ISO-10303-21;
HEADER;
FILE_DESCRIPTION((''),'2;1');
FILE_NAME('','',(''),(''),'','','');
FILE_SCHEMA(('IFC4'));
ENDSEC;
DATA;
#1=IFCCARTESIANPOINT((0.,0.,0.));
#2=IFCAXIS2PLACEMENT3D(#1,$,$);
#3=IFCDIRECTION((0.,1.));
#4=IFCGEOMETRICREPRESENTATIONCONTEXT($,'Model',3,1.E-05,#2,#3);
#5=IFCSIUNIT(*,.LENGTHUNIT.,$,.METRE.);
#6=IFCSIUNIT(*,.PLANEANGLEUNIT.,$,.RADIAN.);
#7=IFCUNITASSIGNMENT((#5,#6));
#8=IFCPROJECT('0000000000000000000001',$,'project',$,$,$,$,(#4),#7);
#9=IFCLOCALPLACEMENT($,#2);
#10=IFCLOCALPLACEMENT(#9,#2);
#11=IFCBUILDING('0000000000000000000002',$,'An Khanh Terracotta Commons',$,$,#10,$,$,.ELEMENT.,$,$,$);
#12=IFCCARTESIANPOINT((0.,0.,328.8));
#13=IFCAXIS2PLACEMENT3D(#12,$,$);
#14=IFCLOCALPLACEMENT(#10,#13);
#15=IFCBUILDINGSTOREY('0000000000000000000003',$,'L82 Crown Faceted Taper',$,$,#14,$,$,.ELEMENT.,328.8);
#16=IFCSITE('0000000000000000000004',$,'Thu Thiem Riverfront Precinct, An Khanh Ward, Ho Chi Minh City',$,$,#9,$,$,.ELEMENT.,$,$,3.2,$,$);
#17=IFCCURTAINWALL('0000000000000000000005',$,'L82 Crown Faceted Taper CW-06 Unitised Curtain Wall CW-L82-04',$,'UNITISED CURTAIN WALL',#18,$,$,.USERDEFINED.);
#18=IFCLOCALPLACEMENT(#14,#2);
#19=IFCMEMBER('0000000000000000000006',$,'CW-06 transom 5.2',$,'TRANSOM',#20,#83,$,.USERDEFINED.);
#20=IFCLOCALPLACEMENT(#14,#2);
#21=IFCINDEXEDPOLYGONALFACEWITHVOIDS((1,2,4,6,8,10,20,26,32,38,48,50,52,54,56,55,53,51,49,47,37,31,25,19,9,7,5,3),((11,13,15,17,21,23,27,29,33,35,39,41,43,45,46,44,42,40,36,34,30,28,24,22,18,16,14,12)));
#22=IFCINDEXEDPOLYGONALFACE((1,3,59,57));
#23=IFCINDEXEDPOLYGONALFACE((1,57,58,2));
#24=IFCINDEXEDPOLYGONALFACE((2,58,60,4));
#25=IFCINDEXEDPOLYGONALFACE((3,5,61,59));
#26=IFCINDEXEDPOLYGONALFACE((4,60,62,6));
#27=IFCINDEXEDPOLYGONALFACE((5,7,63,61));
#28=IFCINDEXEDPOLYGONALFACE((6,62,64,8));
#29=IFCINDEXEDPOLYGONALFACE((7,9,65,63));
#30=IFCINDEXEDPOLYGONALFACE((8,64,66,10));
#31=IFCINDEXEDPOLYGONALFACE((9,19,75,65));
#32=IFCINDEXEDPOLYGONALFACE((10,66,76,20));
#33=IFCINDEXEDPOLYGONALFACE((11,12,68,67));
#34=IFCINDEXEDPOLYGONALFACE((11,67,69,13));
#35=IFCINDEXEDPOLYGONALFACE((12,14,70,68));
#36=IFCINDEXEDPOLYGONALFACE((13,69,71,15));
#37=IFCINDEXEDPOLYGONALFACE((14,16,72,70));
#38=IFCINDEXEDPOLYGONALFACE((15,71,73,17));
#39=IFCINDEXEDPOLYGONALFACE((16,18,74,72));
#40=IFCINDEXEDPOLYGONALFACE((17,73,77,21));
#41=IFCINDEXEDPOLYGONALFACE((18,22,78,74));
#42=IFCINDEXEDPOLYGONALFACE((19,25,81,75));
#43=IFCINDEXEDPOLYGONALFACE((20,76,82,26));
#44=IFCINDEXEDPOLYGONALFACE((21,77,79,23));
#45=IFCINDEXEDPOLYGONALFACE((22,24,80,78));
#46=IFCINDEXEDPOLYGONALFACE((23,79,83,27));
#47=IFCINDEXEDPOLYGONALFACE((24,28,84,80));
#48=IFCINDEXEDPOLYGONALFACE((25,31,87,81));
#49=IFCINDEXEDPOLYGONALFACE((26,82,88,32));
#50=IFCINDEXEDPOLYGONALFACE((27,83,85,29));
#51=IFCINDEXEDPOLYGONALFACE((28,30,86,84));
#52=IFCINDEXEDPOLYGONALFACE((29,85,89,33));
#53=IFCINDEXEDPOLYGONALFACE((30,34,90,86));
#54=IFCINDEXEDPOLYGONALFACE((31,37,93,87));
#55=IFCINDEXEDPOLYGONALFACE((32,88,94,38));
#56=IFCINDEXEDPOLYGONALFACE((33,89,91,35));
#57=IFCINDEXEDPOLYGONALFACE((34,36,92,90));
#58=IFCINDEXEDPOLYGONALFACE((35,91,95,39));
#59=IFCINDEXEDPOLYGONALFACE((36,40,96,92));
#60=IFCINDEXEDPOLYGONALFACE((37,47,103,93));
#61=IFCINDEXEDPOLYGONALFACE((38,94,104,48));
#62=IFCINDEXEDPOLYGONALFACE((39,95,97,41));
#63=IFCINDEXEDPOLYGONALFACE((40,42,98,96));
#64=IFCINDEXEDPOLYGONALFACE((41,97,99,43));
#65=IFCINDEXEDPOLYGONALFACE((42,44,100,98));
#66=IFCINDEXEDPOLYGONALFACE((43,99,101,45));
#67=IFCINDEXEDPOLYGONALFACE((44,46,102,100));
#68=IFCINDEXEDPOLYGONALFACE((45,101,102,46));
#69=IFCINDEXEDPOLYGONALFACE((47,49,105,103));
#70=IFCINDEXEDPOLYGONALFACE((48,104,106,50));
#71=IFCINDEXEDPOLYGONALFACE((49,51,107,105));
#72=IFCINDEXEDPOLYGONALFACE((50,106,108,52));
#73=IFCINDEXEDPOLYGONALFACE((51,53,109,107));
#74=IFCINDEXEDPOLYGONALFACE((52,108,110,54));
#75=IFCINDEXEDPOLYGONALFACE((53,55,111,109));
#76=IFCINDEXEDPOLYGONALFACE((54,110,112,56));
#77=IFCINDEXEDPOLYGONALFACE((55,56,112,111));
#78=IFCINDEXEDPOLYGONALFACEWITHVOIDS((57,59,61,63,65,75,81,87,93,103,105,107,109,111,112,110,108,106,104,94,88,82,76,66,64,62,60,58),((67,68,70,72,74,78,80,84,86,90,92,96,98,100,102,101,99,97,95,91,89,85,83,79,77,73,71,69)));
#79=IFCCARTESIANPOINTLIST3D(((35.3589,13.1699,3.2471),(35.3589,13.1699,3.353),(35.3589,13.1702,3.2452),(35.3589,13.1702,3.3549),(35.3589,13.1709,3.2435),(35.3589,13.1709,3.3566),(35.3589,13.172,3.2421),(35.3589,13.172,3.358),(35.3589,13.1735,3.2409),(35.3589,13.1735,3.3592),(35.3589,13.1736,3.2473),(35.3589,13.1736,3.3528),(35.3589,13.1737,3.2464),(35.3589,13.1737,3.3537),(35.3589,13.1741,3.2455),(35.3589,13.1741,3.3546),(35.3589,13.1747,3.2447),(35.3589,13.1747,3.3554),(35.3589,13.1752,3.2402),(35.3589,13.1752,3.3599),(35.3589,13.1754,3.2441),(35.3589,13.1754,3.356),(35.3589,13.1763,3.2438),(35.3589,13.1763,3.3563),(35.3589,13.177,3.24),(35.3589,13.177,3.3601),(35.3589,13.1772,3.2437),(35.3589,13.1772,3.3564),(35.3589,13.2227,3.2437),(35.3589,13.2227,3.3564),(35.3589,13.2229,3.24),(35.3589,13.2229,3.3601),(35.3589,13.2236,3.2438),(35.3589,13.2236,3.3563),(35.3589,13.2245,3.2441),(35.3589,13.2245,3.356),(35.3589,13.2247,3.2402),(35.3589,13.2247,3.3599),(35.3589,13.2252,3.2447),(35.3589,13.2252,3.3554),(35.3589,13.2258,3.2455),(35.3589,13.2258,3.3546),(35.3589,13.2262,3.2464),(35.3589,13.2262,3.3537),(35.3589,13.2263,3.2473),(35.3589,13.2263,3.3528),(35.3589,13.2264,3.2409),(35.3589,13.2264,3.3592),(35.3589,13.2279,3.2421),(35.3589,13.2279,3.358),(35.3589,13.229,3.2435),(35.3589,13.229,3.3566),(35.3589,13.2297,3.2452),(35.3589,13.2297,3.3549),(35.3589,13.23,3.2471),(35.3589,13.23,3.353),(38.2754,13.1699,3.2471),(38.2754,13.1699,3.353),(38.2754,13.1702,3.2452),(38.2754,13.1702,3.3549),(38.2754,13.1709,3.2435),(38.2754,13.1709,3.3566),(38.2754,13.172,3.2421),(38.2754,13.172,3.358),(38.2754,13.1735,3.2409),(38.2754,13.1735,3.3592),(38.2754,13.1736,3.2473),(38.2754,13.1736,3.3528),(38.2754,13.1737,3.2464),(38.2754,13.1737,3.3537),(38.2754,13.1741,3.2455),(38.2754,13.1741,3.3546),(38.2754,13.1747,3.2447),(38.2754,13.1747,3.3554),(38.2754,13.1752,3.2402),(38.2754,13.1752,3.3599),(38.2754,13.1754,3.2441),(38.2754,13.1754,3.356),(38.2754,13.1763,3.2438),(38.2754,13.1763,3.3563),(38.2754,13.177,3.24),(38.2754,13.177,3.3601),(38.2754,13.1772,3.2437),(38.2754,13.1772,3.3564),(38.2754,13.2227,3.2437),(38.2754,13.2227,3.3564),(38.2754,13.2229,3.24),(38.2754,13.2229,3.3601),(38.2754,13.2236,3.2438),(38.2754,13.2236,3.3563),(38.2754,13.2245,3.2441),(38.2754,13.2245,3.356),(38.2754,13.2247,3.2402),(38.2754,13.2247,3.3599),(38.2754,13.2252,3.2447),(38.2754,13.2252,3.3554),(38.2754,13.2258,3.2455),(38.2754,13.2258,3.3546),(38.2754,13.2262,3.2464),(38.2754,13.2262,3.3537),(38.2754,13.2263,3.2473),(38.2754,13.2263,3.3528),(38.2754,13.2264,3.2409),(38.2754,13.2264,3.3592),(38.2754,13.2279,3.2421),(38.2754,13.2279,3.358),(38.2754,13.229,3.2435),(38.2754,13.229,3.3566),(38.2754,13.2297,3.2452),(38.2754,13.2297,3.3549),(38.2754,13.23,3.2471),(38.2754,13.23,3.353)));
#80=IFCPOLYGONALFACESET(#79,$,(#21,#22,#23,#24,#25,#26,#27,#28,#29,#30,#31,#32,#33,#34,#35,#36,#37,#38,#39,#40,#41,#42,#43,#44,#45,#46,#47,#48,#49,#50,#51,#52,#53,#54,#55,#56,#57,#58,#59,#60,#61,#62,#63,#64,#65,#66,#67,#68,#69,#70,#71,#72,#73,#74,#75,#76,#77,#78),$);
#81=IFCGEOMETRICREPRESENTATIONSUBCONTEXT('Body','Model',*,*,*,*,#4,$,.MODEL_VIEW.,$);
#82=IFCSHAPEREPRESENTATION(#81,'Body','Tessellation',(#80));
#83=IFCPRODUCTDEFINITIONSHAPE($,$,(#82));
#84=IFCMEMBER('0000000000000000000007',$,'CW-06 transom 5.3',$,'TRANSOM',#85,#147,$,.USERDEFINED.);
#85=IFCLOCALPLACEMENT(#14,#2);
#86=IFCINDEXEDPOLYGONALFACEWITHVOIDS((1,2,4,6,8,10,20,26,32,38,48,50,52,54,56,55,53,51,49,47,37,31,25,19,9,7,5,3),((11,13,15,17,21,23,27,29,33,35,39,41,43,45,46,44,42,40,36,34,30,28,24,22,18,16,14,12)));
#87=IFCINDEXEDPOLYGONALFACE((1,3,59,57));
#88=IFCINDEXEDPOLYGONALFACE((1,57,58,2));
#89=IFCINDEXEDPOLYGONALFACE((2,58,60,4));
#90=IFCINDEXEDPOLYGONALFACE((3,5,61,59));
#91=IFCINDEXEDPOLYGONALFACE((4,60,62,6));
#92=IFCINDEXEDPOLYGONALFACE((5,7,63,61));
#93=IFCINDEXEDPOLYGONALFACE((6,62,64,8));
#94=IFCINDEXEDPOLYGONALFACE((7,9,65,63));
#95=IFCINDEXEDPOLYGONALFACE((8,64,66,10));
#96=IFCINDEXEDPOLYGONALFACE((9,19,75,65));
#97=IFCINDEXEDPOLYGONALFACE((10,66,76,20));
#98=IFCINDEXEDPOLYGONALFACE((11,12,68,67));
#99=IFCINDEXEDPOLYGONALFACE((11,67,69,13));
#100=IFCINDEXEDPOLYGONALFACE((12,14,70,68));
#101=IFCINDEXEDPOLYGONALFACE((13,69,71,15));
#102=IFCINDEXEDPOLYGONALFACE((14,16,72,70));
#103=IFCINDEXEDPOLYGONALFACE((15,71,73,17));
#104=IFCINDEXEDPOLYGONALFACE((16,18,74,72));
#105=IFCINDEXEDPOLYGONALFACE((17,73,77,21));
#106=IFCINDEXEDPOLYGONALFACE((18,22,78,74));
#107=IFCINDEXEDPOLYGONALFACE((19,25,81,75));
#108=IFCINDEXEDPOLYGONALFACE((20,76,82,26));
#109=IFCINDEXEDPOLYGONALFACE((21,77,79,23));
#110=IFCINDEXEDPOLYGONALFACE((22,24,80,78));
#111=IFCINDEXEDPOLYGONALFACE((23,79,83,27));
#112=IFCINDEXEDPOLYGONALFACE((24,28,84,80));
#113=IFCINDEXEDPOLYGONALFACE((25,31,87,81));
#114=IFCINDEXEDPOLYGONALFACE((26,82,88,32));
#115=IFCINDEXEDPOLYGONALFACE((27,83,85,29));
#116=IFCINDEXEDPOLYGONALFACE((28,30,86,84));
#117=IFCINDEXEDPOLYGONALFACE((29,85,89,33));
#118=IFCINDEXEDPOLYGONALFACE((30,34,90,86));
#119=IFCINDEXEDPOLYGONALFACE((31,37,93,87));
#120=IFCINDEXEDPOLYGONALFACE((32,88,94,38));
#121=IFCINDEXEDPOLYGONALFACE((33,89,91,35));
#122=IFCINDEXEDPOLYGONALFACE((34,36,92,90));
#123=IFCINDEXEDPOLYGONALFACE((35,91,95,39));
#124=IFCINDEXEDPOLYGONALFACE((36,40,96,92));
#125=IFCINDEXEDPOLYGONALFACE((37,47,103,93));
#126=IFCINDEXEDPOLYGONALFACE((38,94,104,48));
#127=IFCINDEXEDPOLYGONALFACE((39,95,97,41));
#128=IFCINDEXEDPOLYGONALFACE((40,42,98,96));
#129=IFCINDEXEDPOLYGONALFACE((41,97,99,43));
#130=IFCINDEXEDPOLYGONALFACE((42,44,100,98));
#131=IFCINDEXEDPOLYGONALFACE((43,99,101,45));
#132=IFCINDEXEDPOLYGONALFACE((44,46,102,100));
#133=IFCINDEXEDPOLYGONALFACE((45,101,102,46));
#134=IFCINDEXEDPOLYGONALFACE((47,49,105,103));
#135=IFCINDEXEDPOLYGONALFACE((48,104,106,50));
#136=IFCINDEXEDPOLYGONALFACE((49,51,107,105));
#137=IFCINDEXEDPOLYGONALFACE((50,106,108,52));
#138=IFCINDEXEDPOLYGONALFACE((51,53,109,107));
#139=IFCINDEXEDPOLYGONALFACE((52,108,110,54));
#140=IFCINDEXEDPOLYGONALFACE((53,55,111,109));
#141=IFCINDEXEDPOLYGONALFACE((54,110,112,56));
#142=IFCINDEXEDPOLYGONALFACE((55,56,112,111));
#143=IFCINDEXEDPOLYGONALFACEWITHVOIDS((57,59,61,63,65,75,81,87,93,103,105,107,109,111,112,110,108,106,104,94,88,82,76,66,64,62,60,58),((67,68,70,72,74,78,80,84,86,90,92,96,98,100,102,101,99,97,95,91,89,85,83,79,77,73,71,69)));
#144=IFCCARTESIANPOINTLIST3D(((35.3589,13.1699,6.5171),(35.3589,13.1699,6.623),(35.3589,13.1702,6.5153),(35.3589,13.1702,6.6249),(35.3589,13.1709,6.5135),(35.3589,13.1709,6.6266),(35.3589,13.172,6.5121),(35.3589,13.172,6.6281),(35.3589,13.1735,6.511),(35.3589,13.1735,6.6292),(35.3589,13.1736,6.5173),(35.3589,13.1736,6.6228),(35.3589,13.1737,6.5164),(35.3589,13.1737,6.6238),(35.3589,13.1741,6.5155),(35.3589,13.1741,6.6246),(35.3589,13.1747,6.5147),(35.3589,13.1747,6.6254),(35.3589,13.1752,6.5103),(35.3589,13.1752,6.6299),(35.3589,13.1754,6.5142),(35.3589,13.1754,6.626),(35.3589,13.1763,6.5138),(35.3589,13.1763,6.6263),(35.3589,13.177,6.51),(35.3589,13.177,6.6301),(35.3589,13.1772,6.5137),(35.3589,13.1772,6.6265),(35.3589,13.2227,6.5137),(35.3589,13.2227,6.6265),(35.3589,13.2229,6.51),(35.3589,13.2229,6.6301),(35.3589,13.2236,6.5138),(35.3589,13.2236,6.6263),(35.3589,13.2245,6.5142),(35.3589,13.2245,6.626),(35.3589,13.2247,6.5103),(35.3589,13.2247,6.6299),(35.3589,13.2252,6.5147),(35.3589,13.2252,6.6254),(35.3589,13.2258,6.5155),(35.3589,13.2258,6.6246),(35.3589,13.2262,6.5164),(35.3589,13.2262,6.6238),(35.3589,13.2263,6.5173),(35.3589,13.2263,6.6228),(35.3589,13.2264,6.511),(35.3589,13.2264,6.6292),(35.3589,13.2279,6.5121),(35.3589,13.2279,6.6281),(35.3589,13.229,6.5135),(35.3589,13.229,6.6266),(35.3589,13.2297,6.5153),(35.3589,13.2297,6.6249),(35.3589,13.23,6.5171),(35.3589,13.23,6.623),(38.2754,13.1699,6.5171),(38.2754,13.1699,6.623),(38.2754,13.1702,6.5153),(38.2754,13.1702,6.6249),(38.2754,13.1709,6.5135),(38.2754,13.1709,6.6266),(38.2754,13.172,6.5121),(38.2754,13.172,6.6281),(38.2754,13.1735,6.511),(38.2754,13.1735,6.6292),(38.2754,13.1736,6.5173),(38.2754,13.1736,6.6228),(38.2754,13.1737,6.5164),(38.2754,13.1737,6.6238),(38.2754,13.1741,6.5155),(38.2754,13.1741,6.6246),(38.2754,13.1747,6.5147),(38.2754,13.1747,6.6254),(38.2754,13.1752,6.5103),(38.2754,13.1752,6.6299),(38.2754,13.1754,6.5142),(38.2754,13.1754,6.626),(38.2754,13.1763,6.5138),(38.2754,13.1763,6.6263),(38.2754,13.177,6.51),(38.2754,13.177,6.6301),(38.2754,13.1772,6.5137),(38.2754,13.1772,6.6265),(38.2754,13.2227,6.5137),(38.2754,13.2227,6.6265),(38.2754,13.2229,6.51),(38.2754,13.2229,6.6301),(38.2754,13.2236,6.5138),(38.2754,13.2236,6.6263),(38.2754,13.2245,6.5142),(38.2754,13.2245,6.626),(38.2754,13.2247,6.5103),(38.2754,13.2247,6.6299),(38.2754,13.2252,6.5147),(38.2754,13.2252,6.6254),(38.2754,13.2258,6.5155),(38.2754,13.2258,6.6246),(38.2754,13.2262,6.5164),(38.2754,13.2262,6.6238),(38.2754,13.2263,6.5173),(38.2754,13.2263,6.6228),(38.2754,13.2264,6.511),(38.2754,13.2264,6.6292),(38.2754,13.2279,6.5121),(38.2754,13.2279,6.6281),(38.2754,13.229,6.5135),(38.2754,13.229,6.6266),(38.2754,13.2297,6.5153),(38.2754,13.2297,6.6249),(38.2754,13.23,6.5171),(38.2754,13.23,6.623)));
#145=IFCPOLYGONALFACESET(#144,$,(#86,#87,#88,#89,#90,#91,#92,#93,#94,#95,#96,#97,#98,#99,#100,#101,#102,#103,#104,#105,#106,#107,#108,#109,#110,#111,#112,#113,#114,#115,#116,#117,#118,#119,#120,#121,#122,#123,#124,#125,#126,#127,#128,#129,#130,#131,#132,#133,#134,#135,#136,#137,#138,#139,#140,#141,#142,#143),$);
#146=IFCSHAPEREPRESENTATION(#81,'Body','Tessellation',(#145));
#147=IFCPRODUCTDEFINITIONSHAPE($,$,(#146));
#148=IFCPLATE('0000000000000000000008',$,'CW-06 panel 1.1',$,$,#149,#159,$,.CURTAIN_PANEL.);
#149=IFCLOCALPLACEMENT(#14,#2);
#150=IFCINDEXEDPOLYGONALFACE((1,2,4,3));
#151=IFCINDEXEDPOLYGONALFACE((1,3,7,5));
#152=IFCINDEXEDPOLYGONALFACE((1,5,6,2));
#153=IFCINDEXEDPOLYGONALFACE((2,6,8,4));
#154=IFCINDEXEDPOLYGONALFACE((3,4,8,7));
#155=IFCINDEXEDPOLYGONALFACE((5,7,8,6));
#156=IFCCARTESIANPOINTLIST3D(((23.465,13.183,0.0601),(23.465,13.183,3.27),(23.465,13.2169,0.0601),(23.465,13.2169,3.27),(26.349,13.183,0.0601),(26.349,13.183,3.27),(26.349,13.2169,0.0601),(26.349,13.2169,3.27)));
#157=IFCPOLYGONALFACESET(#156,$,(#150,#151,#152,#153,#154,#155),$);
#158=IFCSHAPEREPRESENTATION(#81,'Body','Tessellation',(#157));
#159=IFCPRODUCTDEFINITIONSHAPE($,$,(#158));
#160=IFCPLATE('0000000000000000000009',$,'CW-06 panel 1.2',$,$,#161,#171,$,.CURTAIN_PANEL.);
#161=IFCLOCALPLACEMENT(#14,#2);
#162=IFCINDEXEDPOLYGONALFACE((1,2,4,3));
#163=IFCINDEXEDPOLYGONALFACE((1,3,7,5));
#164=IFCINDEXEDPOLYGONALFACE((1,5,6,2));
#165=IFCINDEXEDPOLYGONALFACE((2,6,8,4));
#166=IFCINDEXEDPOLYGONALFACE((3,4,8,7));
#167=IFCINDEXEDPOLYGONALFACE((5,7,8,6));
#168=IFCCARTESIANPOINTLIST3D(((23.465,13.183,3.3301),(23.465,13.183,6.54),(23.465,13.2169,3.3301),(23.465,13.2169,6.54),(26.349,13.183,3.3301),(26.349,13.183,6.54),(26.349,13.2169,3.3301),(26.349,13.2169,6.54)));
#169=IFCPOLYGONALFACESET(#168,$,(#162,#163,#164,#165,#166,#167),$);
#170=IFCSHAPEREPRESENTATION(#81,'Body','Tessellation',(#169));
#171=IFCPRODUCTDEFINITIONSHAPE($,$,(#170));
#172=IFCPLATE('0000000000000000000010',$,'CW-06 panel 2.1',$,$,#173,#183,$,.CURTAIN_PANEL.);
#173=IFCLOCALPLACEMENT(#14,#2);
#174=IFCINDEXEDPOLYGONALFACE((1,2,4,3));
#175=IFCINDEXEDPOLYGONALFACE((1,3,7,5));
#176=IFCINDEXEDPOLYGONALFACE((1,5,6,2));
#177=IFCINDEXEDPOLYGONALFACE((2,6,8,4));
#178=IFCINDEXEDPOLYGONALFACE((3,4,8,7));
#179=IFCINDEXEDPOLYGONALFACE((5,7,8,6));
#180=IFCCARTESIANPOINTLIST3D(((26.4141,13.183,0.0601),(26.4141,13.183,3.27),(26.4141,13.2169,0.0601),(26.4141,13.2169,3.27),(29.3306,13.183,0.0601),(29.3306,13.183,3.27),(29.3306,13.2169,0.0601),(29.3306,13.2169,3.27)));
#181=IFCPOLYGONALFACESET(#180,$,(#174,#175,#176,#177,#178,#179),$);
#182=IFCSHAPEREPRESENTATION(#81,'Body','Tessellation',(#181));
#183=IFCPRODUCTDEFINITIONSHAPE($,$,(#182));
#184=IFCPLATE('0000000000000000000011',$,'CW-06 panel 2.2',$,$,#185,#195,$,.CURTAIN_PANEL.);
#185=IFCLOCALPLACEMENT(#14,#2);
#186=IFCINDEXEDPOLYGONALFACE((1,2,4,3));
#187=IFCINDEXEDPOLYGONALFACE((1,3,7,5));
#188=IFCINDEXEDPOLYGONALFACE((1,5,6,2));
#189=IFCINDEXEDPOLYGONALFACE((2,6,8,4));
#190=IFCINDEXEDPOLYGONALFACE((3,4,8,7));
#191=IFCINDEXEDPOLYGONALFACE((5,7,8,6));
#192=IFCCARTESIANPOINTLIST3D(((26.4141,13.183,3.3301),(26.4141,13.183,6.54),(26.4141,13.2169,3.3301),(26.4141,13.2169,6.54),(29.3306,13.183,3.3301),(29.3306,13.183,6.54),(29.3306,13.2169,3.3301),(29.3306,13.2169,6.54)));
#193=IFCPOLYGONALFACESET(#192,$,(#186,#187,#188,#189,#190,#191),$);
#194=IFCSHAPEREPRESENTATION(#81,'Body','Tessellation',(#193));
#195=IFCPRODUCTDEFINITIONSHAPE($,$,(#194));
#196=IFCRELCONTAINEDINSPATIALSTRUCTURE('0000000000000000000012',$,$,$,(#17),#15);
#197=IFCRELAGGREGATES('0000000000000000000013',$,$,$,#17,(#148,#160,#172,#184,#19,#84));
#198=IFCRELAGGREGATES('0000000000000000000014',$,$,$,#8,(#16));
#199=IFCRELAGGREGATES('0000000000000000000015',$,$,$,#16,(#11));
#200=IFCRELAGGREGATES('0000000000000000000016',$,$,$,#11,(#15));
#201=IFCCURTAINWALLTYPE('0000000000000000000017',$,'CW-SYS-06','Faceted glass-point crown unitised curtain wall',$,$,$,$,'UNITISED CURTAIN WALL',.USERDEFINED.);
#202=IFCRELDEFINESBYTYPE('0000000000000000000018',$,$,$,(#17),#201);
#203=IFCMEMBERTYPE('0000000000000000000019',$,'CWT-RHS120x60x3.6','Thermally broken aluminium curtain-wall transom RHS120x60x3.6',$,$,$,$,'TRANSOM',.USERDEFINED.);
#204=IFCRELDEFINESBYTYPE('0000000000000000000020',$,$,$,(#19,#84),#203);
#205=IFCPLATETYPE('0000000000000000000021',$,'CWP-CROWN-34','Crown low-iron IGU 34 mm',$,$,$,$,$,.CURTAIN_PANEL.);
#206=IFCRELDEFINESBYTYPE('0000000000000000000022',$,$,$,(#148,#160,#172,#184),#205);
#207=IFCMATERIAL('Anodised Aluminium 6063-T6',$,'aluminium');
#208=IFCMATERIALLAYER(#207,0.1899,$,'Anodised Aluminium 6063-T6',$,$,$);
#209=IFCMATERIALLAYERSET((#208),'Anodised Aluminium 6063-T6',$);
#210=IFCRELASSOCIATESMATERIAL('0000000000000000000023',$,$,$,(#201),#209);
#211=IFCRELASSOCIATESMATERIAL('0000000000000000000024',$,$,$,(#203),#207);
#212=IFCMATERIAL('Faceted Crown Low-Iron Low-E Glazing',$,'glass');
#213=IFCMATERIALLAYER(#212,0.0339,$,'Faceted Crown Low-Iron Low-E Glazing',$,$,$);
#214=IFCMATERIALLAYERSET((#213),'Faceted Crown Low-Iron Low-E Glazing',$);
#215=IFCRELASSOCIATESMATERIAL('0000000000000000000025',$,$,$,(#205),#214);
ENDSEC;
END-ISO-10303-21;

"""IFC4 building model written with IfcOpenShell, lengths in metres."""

from ifc_helpers import new_model, si_unit, direction, frame, origin, origin_2d, place, context, subcontext, project, spatial, rectangle, hollow_rectangle, extrude, material, layer, layer_set, material_profile, profile_set, type_object, element, aggregate, save


model = new_model("IFC4")

# Units and contexts
model_context = context("Model", 3, precision=1e-05, world=origin(), true_north=direction((0.0, 1.0)))
body_context = subcontext(model_context, "Body", "Model", "MODEL_VIEW")
ifc_project = project(units=[si_unit("LENGTHUNIT", "METRE"), si_unit("PLANEANGLEUNIT", "RADIAN")], contexts=[model_context])

# Site, building, storey
site_placement = place(None, origin())
site = spatial("IfcSite", under=ifc_project, at=site_placement, Name="Thu Thiem Riverfront Precinct, An Khanh Ward, Ho Chi Minh City", CompositionType="ELEMENT", RefElevation=3.2)
building_placement = place(site_placement, origin())
building = spatial("IfcBuilding", under=site, at=building_placement, Name="An Khanh Terracotta Commons", CompositionType="ELEMENT")
storey_placement = place(building_placement, frame((0.0, 0.0, 328.8)))
storey = spatial("IfcBuildingStorey", under=building, at=storey_placement, Name="L82 Crown Faceted Taper", CompositionType="ELEMENT", Elevation=328.8)

# Curtain wall, members, plates
ifc_material_1 = material(Name="Anodised Aluminium 6063-T6", Category="aluminium")
ifc_layer_1 = layer(ifc_material_1, 0.1899, Name="Anodised Aluminium 6063-T6")
ifc_layer_set_1 = layer_set([ifc_layer_1], Name="Anodised Aluminium 6063-T6")
curtain_wall_type = type_object("IfcCurtainWallType", Name="CW-SYS-06", Description="Faceted glass-point crown unitised curtain wall", ElementType="UNITISED CURTAIN WALL", PredefinedType="USERDEFINED", material=ifc_layer_set_1)
curtain_wall_placement = place(storey_placement, origin())
curtain_wall = element("IfcCurtainWall", 1, at=curtain_wall_placement, inside=storey, type_object=curtain_wall_type, Name="L82 Crown Faceted Taper CW-06 Unitised Curtain Wall CW-L82-04", ObjectType="UNITISED CURTAIN WALL", PredefinedType="USERDEFINED")
ifc_material_profile_1 = material_profile(ifc_material_1, hollow_rectangle(XDim=0.0601, YDim=0.1201, WallThickness=0.0037, InnerFilletRadius=0.0037, OuterFilletRadius=0.0071, at=origin_2d()), Name="RHS120x60x3.6")
ifc_profile_set_1 = profile_set([ifc_material_profile_1], Name="Anodised Aluminium 6063-T6")
member_type_1 = type_object("IfcMemberType", Name="CWT-RHS120x60x3.6", Description="Thermally broken aluminium curtain-wall transom RHS120x60x3.6", ElementType="TRANSOM", PredefinedType="USERDEFINED", material=ifc_profile_set_1)
member_1_placement = place(storey_placement, frame((35.3589, 13.2, 3.3), z_axis=(1.0, 0.0, 0.0), x_axis=(0.0, 1.0, 0.0)))
member_1 = element("IfcMember", 2, at=member_1_placement, type_object=member_type_1, Name="CW-06 transom 5.2", ObjectType="TRANSOM", PredefinedType="USERDEFINED", context=body_context, shape_type="SweptSolid", body=[
    extrude(hollow_rectangle(XDim=0.0601, YDim=0.1201, WallThickness=0.0037, InnerFilletRadius=0.0037, OuterFilletRadius=0.0071, at=origin_2d()), origin(), (0.0, 0.0, 1.0), 2.9165),
])
member_2_placement = place(storey_placement, frame((35.3589, 13.2, 6.5701), z_axis=(1.0, 0.0, 0.0), x_axis=(0.0, 1.0, 0.0)))
member_2 = element("IfcMember", 3, at=member_2_placement, type_object=member_type_1, Name="CW-06 transom 5.3", ObjectType="TRANSOM", PredefinedType="USERDEFINED", context=body_context, shape_type="SweptSolid", body=[
    extrude(hollow_rectangle(XDim=0.0601, YDim=0.1201, WallThickness=0.0037, InnerFilletRadius=0.0037, OuterFilletRadius=0.0071, at=origin_2d()), origin(), (0.0, 0.0, 1.0), 2.9165),
])
ifc_material_2 = material(Name="Faceted Crown Low-Iron Low-E Glazing", Category="glass")
ifc_layer_2 = layer(ifc_material_2, 0.0339, Name="Faceted Crown Low-Iron Low-E Glazing")
ifc_layer_set_2 = layer_set([ifc_layer_2], Name="Faceted Crown Low-Iron Low-E Glazing")
plate_type = type_object("IfcPlateType", Name="CWP-CROWN-34", Description="Crown low-iron IGU 34 mm", PredefinedType="CURTAIN_PANEL", material=ifc_layer_set_2)
plate_1_placement = place(storey_placement, frame((24.907, 13.2, 0.0601), z_axis=(0.0, 0.0, 1.0), x_axis=(1.0, 0.0, 0.0)))
plate_1 = element("IfcPlate", 4, at=plate_1_placement, type_object=plate_type, Name="CW-06 panel 1.1", PredefinedType="CURTAIN_PANEL", context=body_context, shape_type="SweptSolid", body=[
    extrude(rectangle(XDim=2.884, YDim=0.0339, at=origin_2d()), origin(), (0.0, 0.0, 1.0), 3.21),
])
plate_2_placement = place(storey_placement, frame((24.907, 13.2, 3.3301), z_axis=(0.0, 0.0, 1.0), x_axis=(1.0, 0.0, 0.0)))
plate_2 = element("IfcPlate", 5, at=plate_2_placement, type_object=plate_type, Name="CW-06 panel 1.2", PredefinedType="CURTAIN_PANEL", context=body_context, shape_type="SweptSolid", body=[
    extrude(rectangle(XDim=2.884, YDim=0.0339, at=origin_2d()), origin(), (0.0, 0.0, 1.0), 3.21),
])
plate_3_placement = place(storey_placement, frame((27.8723, 13.2, 0.0601), z_axis=(0.0, 0.0, 1.0), x_axis=(1.0, 0.0, 0.0)))
plate_3 = element("IfcPlate", 6, at=plate_3_placement, type_object=plate_type, Name="CW-06 panel 2.1", PredefinedType="CURTAIN_PANEL", context=body_context, shape_type="SweptSolid", body=[
    extrude(rectangle(XDim=2.9165, YDim=0.0339, at=origin_2d()), origin(), (0.0, 0.0, 1.0), 3.21),
])
plate_4_placement = place(storey_placement, frame((27.8723, 13.2, 3.3301), z_axis=(0.0, 0.0, 1.0), x_axis=(1.0, 0.0, 0.0)))
plate_4 = element("IfcPlate", 7, at=plate_4_placement, type_object=plate_type, Name="CW-06 panel 2.2", PredefinedType="CURTAIN_PANEL", context=body_context, shape_type="SweptSolid", body=[
    extrude(rectangle(XDim=2.9165, YDim=0.0339, at=origin_2d()), origin(), (0.0, 0.0, 1.0), 3.21),
])
aggregate(curtain_wall, [plate_1, plate_2, plate_3, plate_4, member_1, member_2])

save(model, "model.ifc")
